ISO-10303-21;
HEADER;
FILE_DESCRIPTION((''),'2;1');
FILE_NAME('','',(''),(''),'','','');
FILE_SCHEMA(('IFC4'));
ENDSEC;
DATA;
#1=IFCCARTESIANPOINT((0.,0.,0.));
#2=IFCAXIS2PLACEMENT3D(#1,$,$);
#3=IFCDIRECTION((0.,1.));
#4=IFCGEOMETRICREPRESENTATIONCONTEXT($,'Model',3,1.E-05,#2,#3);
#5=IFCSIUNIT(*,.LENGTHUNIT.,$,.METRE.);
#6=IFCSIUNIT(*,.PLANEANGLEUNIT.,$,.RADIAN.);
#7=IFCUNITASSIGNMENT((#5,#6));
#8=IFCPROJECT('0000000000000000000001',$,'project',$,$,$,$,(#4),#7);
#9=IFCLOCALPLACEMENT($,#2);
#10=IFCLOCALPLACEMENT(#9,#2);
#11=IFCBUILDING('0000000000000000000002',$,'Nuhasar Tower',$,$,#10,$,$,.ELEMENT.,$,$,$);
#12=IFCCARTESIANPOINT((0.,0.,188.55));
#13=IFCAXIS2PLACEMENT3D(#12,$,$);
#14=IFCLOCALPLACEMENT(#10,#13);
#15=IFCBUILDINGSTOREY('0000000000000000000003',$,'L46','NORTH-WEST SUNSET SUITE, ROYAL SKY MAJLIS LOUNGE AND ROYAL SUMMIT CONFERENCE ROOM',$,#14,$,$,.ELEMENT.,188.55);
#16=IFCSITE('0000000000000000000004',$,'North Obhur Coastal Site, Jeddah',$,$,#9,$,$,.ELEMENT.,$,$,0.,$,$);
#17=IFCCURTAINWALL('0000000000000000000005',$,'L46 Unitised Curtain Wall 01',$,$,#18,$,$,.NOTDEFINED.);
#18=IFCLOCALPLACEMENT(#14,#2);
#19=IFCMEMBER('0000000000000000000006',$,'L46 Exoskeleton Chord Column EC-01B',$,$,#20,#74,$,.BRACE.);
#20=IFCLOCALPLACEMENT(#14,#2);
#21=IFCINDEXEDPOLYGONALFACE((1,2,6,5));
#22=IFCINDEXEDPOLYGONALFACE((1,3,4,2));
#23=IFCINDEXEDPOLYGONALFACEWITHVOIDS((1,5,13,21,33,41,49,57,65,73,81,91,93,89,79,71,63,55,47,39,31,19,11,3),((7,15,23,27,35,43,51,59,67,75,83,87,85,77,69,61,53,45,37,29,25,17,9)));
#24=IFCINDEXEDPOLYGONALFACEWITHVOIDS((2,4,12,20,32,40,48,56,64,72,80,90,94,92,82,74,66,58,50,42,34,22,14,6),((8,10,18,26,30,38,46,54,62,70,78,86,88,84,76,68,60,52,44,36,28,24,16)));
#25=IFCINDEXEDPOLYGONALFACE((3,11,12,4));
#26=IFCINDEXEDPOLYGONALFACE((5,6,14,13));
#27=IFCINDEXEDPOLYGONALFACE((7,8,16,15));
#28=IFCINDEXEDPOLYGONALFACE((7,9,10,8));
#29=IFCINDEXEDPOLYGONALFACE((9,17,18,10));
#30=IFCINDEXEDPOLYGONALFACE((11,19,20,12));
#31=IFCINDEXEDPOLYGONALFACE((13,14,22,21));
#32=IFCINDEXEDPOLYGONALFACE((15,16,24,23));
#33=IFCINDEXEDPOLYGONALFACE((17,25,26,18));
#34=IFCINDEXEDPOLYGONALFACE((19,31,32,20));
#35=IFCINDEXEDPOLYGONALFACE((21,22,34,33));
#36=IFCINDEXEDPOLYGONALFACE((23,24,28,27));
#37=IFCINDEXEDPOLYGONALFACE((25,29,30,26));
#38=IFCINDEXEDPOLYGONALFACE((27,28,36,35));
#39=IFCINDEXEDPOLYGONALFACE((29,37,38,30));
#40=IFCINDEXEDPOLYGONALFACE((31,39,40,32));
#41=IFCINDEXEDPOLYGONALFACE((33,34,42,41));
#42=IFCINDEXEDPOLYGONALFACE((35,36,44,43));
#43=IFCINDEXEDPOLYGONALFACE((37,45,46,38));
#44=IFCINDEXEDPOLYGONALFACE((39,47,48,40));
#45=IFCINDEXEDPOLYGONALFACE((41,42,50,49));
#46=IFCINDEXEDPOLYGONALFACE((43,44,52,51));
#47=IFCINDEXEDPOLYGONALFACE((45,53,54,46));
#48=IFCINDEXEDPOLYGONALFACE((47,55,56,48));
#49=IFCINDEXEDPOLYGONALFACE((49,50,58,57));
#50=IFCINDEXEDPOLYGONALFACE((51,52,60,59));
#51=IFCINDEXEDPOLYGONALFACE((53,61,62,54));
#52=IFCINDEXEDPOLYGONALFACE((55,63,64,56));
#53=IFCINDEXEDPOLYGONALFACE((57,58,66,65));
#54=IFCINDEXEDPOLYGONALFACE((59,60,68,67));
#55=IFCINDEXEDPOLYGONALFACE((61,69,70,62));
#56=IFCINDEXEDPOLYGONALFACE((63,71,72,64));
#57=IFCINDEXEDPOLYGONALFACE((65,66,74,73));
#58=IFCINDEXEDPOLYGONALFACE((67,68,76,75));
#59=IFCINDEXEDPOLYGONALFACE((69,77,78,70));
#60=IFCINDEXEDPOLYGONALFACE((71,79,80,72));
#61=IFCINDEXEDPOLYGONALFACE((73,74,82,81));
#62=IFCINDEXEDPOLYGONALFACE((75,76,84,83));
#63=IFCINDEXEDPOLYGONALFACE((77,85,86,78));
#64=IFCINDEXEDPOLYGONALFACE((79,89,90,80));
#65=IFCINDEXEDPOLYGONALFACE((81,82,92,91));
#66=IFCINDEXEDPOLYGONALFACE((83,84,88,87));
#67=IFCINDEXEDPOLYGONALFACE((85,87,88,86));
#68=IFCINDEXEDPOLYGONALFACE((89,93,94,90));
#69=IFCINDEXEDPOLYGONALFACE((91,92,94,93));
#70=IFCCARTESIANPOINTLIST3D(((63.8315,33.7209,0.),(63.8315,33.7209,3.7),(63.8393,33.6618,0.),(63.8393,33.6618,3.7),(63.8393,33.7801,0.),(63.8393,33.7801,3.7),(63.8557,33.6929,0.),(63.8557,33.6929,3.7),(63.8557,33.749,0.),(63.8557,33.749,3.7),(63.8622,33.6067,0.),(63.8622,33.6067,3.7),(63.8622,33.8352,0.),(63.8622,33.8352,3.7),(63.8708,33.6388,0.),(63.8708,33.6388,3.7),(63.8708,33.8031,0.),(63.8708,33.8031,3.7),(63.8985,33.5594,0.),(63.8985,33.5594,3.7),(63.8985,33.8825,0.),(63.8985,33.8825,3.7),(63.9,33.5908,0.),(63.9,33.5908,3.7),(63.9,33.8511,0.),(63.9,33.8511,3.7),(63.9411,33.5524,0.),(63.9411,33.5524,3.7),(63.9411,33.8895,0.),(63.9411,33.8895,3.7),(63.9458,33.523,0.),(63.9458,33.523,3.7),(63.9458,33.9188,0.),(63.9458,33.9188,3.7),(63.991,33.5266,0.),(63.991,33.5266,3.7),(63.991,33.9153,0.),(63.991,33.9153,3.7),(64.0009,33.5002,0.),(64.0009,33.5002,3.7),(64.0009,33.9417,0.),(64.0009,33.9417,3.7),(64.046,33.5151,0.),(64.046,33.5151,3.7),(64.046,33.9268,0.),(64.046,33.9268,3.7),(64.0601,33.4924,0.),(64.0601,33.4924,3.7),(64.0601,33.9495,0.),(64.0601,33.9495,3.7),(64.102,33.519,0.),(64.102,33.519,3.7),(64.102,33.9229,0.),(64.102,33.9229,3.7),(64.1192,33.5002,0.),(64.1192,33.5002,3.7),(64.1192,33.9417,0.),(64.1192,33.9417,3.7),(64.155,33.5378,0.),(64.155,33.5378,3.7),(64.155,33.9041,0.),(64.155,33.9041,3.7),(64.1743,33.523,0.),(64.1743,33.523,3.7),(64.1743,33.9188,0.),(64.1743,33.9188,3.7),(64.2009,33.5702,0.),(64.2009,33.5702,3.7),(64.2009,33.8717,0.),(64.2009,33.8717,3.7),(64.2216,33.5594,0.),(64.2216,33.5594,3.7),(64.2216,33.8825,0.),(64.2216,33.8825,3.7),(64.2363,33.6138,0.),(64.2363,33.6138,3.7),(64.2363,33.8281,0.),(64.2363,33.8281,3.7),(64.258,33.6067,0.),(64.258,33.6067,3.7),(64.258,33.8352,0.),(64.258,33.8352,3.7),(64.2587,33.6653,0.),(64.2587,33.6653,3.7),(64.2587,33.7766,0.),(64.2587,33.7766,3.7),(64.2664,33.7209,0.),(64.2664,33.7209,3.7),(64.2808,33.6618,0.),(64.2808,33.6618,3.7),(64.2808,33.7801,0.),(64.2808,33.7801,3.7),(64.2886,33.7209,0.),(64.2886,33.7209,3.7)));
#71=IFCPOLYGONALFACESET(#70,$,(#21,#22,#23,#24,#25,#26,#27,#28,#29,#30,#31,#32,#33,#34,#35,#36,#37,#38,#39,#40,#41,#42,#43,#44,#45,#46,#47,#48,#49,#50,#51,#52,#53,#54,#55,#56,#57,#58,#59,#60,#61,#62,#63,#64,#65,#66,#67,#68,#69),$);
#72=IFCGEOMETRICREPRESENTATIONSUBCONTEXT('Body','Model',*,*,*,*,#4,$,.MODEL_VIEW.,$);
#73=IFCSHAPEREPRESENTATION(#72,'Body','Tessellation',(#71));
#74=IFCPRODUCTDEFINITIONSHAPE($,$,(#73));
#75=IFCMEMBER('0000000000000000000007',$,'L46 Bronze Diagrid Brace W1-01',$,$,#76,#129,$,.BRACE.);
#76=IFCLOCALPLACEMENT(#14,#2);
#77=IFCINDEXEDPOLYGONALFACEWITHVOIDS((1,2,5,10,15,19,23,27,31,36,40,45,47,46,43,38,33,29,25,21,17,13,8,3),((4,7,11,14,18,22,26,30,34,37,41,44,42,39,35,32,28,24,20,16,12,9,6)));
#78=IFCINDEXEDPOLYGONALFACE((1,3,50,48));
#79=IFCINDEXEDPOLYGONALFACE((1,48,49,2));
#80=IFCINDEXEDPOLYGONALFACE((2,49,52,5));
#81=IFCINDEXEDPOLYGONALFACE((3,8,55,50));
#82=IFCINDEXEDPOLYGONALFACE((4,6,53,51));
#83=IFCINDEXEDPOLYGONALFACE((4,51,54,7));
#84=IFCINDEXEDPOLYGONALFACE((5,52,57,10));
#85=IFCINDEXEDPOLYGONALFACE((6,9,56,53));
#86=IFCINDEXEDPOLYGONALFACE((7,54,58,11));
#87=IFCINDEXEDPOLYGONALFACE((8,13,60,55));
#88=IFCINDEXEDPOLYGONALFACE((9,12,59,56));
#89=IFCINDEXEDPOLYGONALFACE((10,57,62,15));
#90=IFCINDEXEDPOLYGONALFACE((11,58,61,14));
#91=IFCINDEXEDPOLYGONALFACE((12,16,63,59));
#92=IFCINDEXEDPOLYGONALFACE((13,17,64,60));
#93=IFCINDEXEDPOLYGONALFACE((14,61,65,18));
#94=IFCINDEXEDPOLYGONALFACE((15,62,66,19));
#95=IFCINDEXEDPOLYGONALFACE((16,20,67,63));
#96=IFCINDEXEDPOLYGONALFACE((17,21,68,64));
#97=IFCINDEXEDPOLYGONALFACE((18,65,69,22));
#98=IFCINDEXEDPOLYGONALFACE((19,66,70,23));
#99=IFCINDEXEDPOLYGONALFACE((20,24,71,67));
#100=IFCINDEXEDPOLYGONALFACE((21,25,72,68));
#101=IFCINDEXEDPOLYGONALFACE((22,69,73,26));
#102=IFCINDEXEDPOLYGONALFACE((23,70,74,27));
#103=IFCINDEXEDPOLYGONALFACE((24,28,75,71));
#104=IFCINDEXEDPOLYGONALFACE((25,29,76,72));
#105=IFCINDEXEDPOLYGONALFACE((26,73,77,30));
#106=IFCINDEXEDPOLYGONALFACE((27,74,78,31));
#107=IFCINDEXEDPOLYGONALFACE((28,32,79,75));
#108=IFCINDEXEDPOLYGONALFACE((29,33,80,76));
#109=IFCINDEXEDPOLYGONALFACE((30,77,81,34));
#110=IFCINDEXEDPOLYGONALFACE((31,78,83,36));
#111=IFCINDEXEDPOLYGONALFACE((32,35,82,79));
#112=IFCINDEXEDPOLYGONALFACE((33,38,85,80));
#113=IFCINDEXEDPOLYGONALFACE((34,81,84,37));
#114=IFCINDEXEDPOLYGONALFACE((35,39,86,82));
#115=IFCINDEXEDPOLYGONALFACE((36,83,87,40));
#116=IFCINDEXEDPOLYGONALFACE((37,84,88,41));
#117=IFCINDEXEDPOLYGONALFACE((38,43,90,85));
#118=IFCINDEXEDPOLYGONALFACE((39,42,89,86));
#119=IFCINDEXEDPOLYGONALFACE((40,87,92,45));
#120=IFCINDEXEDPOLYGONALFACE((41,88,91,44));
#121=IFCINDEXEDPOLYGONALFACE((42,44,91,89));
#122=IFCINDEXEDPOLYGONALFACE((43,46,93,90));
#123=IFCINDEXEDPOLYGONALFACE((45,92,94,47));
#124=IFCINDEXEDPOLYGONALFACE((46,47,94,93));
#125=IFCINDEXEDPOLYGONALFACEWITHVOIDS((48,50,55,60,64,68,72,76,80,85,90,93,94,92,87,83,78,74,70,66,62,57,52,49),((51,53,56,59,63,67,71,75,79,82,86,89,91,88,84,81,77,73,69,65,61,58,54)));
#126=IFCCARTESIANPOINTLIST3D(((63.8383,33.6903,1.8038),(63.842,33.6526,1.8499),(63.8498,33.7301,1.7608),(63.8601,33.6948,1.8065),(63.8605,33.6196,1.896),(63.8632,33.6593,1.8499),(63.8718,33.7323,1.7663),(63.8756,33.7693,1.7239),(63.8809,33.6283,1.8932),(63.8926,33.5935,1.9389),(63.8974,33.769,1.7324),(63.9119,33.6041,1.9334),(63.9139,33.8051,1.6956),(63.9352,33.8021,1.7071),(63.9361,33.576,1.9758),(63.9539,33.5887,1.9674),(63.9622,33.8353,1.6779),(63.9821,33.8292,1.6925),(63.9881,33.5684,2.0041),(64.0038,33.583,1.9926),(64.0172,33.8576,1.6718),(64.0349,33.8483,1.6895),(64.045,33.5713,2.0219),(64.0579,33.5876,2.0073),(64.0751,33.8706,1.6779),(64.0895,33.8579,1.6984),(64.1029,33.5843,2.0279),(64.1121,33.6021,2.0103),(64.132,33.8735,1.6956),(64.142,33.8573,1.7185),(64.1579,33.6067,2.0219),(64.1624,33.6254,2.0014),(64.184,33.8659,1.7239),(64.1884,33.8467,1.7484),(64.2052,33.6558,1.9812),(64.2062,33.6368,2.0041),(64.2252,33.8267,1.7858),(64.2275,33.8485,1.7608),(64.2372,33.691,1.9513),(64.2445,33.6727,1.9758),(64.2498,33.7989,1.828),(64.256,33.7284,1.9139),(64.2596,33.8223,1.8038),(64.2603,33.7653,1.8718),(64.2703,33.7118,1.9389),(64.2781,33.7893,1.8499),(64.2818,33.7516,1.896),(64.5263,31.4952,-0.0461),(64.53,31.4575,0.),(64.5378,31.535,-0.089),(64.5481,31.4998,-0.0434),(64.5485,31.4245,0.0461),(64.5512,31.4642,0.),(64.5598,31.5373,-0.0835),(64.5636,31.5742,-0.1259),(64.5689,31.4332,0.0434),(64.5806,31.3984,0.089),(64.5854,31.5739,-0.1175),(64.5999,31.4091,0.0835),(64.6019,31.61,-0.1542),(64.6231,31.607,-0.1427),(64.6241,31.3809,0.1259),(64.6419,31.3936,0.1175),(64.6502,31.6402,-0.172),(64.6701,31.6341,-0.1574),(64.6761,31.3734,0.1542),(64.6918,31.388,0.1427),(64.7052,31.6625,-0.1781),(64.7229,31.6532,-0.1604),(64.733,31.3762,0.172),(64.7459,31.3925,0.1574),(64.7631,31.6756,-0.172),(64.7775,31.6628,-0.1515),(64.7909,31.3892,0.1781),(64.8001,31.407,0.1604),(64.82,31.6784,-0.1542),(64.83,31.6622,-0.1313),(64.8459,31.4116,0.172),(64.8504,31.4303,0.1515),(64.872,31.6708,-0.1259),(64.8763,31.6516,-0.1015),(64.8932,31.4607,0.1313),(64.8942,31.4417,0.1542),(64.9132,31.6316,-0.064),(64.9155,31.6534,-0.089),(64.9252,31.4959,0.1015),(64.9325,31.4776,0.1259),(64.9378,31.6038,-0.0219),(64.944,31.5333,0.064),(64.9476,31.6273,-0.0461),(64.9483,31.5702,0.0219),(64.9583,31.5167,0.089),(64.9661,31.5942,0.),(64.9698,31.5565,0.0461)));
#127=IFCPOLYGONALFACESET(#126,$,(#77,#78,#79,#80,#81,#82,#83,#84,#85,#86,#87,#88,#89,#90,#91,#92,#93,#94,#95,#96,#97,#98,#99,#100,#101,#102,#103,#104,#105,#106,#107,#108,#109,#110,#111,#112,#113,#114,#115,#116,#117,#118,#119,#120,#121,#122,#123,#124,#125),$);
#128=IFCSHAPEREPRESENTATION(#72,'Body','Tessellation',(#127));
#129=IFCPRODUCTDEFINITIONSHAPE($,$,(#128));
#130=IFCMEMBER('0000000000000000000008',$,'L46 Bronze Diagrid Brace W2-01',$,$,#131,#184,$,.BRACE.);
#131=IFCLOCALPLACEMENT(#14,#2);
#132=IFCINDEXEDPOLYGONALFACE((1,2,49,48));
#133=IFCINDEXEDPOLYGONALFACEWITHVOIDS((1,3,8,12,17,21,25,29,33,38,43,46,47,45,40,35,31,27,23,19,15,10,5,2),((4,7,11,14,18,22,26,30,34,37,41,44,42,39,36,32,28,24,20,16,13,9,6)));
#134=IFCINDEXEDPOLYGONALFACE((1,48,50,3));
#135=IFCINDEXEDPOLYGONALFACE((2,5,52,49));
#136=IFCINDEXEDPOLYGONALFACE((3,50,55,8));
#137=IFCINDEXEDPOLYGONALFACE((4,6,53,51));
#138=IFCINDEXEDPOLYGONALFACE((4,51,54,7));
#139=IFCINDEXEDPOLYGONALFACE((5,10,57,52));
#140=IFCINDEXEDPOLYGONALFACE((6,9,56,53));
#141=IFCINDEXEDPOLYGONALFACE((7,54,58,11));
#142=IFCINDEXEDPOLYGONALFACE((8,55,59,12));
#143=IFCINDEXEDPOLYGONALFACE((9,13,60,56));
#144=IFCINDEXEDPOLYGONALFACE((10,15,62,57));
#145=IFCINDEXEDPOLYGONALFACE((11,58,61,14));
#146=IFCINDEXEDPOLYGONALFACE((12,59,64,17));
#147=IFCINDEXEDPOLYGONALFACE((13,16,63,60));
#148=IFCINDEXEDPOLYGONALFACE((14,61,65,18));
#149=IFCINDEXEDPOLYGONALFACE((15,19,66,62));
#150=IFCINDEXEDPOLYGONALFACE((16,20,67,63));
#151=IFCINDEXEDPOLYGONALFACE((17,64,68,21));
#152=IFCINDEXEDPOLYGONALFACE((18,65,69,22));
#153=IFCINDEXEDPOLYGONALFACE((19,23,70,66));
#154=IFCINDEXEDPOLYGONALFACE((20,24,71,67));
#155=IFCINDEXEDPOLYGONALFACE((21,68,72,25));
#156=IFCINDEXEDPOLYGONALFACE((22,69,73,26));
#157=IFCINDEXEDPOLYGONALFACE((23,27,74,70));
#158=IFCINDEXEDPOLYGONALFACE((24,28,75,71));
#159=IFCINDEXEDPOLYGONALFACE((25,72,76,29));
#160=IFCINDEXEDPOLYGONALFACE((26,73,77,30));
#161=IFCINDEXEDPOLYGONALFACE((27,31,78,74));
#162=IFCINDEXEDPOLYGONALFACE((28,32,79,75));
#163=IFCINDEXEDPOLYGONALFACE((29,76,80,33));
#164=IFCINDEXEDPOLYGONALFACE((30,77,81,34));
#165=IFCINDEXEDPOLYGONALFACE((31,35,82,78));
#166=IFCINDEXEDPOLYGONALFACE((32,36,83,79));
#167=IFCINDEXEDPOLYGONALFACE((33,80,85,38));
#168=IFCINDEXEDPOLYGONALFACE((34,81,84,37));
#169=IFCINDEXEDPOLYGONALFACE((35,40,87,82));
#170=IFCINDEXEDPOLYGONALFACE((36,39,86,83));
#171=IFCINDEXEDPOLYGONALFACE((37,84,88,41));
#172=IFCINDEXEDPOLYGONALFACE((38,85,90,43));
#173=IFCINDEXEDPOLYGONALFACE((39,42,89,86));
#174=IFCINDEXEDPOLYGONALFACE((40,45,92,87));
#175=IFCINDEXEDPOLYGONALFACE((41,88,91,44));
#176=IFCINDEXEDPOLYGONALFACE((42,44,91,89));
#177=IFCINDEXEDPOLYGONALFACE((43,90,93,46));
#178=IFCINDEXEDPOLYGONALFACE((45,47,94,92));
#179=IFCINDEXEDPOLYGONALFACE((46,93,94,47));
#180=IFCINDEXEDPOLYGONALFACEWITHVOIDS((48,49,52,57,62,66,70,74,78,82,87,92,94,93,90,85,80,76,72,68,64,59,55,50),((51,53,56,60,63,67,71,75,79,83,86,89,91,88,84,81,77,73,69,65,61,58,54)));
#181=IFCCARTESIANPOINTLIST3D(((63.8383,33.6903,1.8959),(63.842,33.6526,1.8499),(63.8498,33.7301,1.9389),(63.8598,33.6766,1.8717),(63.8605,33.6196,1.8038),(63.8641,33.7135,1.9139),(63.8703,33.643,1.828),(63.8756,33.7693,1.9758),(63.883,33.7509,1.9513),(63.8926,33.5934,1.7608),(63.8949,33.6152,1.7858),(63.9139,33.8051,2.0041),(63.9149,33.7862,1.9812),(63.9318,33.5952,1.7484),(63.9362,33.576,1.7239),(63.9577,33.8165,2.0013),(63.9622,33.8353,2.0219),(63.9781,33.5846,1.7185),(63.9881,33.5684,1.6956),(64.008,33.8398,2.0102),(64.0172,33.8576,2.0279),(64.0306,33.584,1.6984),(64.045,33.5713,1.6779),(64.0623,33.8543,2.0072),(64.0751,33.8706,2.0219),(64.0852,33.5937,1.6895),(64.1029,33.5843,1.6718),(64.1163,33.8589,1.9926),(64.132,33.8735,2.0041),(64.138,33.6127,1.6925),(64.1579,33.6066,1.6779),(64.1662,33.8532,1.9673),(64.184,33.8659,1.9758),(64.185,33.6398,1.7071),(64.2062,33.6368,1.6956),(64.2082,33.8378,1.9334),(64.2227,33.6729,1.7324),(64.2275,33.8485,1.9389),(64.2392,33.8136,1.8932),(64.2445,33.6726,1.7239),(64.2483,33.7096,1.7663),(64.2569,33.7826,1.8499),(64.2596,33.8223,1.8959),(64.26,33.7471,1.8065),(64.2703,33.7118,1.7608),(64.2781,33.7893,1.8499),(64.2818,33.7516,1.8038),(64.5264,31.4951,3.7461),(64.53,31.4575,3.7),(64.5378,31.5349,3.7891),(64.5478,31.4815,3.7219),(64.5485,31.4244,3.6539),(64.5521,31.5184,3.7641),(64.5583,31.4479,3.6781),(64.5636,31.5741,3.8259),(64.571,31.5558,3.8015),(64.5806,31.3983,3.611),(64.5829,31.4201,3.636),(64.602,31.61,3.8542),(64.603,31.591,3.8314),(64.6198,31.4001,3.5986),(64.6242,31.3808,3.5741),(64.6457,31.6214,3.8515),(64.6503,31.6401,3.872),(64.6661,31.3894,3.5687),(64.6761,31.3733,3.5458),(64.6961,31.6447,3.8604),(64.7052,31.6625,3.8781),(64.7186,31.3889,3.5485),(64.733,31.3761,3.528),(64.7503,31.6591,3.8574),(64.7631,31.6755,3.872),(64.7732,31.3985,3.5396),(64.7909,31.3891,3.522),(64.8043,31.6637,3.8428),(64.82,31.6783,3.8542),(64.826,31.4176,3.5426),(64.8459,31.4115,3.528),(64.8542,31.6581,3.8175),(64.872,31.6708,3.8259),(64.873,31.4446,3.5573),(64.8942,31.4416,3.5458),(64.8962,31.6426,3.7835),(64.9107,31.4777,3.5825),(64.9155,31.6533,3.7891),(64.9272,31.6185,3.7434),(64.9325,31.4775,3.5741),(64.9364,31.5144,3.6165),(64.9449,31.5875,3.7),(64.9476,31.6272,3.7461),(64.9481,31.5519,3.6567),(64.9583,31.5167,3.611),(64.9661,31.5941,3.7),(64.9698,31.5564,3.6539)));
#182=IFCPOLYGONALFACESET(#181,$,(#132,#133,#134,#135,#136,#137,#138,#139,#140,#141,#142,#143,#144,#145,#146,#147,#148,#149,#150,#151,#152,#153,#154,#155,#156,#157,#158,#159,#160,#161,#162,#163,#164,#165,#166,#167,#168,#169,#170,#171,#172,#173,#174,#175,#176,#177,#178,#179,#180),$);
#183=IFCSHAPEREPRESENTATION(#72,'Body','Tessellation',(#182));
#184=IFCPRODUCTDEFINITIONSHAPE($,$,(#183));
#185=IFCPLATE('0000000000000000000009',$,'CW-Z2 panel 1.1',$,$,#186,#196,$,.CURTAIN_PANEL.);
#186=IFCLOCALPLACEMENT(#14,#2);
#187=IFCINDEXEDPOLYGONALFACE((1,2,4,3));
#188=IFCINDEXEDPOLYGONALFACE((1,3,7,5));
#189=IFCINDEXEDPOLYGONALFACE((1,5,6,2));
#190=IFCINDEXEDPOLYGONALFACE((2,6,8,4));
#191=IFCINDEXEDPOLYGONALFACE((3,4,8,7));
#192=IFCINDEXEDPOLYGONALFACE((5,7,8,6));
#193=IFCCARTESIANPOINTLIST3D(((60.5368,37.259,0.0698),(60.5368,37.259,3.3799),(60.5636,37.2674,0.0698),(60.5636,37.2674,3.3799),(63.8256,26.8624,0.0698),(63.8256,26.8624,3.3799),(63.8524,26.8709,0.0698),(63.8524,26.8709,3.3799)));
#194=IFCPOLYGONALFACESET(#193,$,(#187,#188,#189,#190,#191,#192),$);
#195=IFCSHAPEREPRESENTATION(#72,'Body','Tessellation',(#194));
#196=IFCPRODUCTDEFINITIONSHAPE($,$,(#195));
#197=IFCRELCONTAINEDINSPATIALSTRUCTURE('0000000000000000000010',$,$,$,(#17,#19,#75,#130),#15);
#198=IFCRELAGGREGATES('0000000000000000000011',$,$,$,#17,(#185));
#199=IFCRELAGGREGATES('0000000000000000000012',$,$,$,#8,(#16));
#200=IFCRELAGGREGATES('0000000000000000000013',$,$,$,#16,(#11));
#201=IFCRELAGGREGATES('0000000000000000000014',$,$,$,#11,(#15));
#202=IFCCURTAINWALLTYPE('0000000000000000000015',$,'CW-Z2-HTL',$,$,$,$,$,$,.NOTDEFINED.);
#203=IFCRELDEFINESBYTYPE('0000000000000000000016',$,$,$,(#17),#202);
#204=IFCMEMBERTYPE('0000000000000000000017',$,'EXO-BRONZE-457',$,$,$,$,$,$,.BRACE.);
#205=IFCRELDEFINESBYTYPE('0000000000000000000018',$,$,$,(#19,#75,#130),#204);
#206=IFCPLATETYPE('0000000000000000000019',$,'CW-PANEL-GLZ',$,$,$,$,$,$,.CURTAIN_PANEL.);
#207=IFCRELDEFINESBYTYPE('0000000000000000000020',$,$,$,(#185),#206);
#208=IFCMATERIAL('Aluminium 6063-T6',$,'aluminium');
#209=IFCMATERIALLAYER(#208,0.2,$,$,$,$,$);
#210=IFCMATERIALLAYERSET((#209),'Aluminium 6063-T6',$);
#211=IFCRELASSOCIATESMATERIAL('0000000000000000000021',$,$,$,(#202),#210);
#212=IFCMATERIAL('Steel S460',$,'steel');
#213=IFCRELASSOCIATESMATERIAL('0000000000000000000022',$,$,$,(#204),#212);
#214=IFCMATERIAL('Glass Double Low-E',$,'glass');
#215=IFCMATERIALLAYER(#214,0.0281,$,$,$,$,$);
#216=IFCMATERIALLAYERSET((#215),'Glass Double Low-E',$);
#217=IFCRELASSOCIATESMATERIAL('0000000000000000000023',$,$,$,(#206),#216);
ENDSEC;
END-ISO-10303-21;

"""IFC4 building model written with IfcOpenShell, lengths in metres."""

from ifc_helpers import new_model, si_unit, direction, frame, origin, origin_2d, place, context, subcontext, project, spatial, rectangle, hollow_circle, extrude, material, layer, layer_set, material_profile, profile_set, type_object, element, aggregate, save


model = new_model("IFC4")

# Units and contexts
model_context = context("Model", 3, precision=1e-05, world=origin(), true_north=direction((0.0, 1.0)))
body_context = subcontext(model_context, "Body", "Model", "MODEL_VIEW")
ifc_project = project(units=[si_unit("LENGTHUNIT", "METRE"), si_unit("PLANEANGLEUNIT", "RADIAN")], contexts=[model_context])

# Site, building, storey
site_placement = place(None, origin())
site = spatial("IfcSite", under=ifc_project, at=site_placement, Name="North Obhur Coastal Site, Jeddah", CompositionType="ELEMENT", RefElevation=0.0)
building_placement = place(site_placement, origin())
building = spatial("IfcBuilding", under=site, at=building_placement, Name="Nuhasar Tower", CompositionType="ELEMENT")
storey_placement = place(building_placement, frame((0.0, 0.0, 188.55)))
storey = spatial("IfcBuildingStorey", under=building, at=storey_placement, Name="L46", Description="NORTH-WEST SUNSET SUITE, ROYAL SKY MAJLIS LOUNGE AND ROYAL SUMMIT CONFERENCE ROOM", CompositionType="ELEMENT", Elevation=188.55)

# Curtain wall
ifc_material_1 = material(Name="Aluminium 6063-T6", Category="aluminium")
ifc_layer_1 = layer(ifc_material_1, 0.2)
ifc_layer_set_1 = layer_set([ifc_layer_1], Name="Aluminium 6063-T6")
curtain_wall_type = type_object("IfcCurtainWallType", Name="CW-Z2-HTL", PredefinedType="NOTDEFINED", material=ifc_layer_set_1)
curtain_wall_1_placement = place(storey_placement, origin())
curtain_wall_1 = element("IfcCurtainWall", 1, at=curtain_wall_1_placement, inside=storey, type_object=curtain_wall_type, Name="L46 Unitised Curtain Wall 01", PredefinedType="NOTDEFINED")

# Members
ifc_material_2 = material(Name="Steel S460", Category="steel")
ifc_material_profile_1 = material_profile(ifc_material_2, hollow_circle(Radius=0.2285, WallThickness=0.0222, at=origin_2d()), Name="HSS457X22.2")
ifc_profile_set_1 = profile_set([ifc_material_profile_1], Name="Steel S460")
member_type_1 = type_object("IfcMemberType", Name="EXO-BRONZE-457", PredefinedType="BRACE", material=ifc_profile_set_1)
for number, where, z_axis, x_axis, name in (
    (2, (64.0601, 33.7209, 0.0), (0.0, 0.0, 1.0), (1.0, 0.0, 0.0), "L46 Exoskeleton Chord Column EC-01B"),
):
    element("IfcMember", number, at=place(storey_placement, frame(where, z_axis=z_axis, x_axis=x_axis)), inside=storey, type_object=member_type_1, Name=name, PredefinedType="BRACE", context=body_context, shape_type="SweptSolid", body=[
        extrude(hollow_circle(Radius=0.2285, WallThickness=0.0222, at=origin_2d()), origin(), (0.0, 0.0, 1.0), 3.7),
    ])
member_1_placement = place(storey_placement, frame((64.748, 31.5259, 0.0), z_axis=(-0.233068, 0.743616, 0.626669), x_axis=(-0.954228, -0.299079, 0.0)))
element("IfcMember", 3, at=member_1_placement, inside=storey, type_object=member_type_1, Name="L46 Bronze Diagrid Brace W1-01", PredefinedType="BRACE", context=body_context, shape_type="SweptSolid", body=[
    extrude(hollow_circle(Radius=0.2285, WallThickness=0.0222, at=origin_2d()), origin(), (0.0, 0.0, 1.0), 2.9519),
])
member_2_placement = place(storey_placement, frame((64.0601, 33.7209, 1.8499), z_axis=(0.233056, -0.743578, 0.626719), x_axis=(0.954228, 0.299079, 0.0)))
element("IfcMember", 4, at=member_2_placement, inside=storey, type_object=member_type_1, Name="L46 Bronze Diagrid Brace W2-01", PredefinedType="BRACE", context=body_context, shape_type="SweptSolid", body=[
    extrude(hollow_circle(Radius=0.2285, WallThickness=0.0222, at=origin_2d()), origin(), (0.0, 0.0, 1.0), 2.9521),
])

# Plate
ifc_material_3 = material(Name="Glass Double Low-E", Category="glass")
ifc_layer_2 = layer(ifc_material_3, 0.0281)
ifc_layer_set_2 = layer_set([ifc_layer_2], Name="Glass Double Low-E")
plate_type = type_object("IfcPlateType", Name="CW-PANEL-GLZ", PredefinedType="CURTAIN_PANEL", material=ifc_layer_set_2)
plate_placement = place(storey_placement, frame((62.1946, 32.0649, 0.0698), z_axis=(0.0, 0.0, 1.0), x_axis=(-0.301604, 0.953433, 0.0)))
plate = element("IfcPlate", 5, at=plate_placement, type_object=plate_type, Name="CW-Z2 panel 1.1", PredefinedType="CURTAIN_PANEL", context=body_context, shape_type="SweptSolid", body=[
    extrude(rectangle(XDim=10.9043, YDim=0.0281, at=origin_2d()), origin(), (0.0, 0.0, 1.0), 3.3101),
])
aggregate(curtain_wall_1, [plate])

save(model, "model.ifc")
